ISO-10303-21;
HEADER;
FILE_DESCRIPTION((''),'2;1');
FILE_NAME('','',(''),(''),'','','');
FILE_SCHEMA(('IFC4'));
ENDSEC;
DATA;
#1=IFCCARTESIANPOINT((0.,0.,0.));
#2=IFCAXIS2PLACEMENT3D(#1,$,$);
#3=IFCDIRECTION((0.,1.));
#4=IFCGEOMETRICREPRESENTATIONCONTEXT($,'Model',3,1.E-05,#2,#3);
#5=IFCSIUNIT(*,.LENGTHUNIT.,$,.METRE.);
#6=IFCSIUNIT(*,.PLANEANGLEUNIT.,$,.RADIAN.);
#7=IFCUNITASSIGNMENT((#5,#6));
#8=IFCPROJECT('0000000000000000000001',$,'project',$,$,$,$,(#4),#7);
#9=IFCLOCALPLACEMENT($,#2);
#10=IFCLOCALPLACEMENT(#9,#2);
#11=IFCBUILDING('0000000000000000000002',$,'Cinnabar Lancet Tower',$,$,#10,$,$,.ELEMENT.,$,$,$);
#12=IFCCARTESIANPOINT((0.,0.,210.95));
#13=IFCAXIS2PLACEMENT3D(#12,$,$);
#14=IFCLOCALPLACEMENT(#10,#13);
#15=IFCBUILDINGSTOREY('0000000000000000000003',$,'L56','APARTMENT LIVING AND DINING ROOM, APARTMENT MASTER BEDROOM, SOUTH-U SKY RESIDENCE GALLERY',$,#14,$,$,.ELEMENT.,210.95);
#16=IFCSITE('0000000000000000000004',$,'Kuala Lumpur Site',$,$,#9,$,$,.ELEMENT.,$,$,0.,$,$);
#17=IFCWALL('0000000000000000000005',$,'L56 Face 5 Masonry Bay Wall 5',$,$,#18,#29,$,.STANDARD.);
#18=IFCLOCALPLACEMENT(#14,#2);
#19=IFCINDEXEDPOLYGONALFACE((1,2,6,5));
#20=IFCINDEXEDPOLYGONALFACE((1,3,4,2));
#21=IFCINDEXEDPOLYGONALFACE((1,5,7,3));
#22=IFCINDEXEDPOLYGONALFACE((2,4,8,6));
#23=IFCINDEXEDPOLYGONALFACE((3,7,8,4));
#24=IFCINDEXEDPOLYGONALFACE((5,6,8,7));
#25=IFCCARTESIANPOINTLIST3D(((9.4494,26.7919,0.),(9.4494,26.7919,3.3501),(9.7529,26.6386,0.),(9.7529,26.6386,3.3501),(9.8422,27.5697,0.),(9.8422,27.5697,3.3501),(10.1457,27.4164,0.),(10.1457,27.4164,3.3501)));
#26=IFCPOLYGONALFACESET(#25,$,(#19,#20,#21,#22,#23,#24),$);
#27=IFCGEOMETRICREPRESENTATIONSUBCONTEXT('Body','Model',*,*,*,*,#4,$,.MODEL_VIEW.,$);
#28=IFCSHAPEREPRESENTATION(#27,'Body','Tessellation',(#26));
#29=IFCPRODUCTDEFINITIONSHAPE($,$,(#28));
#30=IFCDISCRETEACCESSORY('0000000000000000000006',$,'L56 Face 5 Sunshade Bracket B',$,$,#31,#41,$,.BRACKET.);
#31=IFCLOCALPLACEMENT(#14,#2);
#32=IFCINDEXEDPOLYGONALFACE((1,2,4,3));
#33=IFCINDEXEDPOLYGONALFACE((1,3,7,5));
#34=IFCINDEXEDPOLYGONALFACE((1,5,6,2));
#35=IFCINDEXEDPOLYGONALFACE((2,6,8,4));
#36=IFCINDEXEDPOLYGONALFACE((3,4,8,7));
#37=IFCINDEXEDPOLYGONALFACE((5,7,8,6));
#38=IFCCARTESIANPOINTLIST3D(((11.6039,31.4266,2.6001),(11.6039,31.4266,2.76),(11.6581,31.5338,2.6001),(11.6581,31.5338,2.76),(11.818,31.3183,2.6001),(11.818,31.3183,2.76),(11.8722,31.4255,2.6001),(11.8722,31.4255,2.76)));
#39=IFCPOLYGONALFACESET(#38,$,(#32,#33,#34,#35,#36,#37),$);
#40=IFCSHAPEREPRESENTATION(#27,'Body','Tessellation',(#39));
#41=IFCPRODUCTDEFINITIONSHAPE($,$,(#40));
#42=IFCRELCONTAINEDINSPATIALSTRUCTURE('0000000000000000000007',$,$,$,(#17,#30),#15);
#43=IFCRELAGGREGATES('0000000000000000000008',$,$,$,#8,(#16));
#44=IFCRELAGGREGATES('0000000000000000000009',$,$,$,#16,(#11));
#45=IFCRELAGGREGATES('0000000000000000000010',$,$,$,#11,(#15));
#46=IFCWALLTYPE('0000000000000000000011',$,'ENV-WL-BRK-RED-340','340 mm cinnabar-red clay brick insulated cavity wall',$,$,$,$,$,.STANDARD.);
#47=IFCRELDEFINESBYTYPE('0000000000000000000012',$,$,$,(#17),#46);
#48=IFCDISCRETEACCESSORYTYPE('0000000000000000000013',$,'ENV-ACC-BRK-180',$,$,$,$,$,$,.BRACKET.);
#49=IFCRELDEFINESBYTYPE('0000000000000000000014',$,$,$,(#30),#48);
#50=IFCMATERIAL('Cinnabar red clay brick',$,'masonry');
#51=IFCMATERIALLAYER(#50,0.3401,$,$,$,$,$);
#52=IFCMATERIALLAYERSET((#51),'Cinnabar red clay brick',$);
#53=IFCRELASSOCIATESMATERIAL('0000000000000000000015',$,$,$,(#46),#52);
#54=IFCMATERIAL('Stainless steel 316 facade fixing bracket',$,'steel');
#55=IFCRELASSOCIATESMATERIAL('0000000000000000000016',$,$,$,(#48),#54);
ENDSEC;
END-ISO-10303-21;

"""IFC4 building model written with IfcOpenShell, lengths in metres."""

from ifc_helpers import new_model, si_unit, direction, frame, frame_2d, origin, origin_2d, place, context, subcontext, project, spatial, rectangle, extrude, material, layer, layer_set, type_object, element, save


model = new_model("IFC4")

# Units and contexts
model_context = context("Model", 3, precision=1e-05, world=origin(), true_north=direction((0.0, 1.0)))
body_context = subcontext(model_context, "Body", "Model", "MODEL_VIEW")
ifc_project = project(units=[si_unit("LENGTHUNIT", "METRE"), si_unit("PLANEANGLEUNIT", "RADIAN")], contexts=[model_context])

# Site, building, storey
site_placement = place(None, origin())
site = spatial("IfcSite", under=ifc_project, at=site_placement, Name="Kuala Lumpur Site", CompositionType="ELEMENT", RefElevation=0.0)
building_placement = place(site_placement, origin())
building = spatial("IfcBuilding", under=site, at=building_placement, Name="Cinnabar Lancet Tower", CompositionType="ELEMENT")
storey_placement = place(building_placement, frame((0.0, 0.0, 210.95)))
storey = spatial("IfcBuildingStorey", under=building, at=storey_placement, Name="L56", Description="APARTMENT LIVING AND DINING ROOM, APARTMENT MASTER BEDROOM, SOUTH-U SKY RESIDENCE GALLERY", CompositionType="ELEMENT", Elevation=210.95)

# Shared definitions
ifc_material_1 = material(Name="Cinnabar red clay brick", Category="masonry")
ifc_layer_1 = layer(ifc_material_1, 0.3401)
ifc_layer_set_1 = layer_set([ifc_layer_1], Name="Cinnabar red clay brick")
wall_type_1 = type_object("IfcWallType", Name="ENV-WL-BRK-RED-340", Description="340 mm cinnabar-red clay brick insulated cavity wall", PredefinedType="STANDARD", material=ifc_layer_set_1)

# Wall
wall_1_placement = place(storey_placement, frame((9.9939, 27.4929, 0.0), z_axis=(0.0, 0.0, 1.0), x_axis=(-0.450796, -0.892627, 0.0)))
element("IfcWall", 1, at=wall_1_placement, inside=storey, type_object=wall_type_1, Name="L56 Face 5 Masonry Bay Wall 5", PredefinedType="STANDARD", context=body_context, shape_type="SweptSolid", body=[
    extrude(rectangle(XDim=0.8713, YDim=0.3401, at=frame_2d((0.4355, 0.0))), origin(), (0.0, 0.0, 1.0), 3.3501),
])

# Discrete accessory
ifc_material_2 = material(Name="Stainless steel 316 facade fixing bracket", Category="steel")
discrete_accessory_type = type_object("IfcDiscreteAccessoryType", Name="ENV-ACC-BRK-180", PredefinedType="BRACKET", material=ifc_material_2)
discrete_accessory_placement = place(storey_placement, frame((11.738, 31.426, 2.6001), z_axis=(0.0, 0.0, 1.0), x_axis=(-0.451407, -0.892318, 0.0)))
element("IfcDiscreteAccessory", 2, at=discrete_accessory_placement, inside=storey, type_object=discrete_accessory_type, Name="L56 Face 5 Sunshade Bracket B", PredefinedType="BRACKET", context=body_context, shape_type="SweptSolid", body=[
    extrude(rectangle(XDim=0.1201, YDim=0.24, at=origin_2d()), origin(), (0.0, 0.0, 1.0), 0.1599),
])

save(model, "model.ifc")
